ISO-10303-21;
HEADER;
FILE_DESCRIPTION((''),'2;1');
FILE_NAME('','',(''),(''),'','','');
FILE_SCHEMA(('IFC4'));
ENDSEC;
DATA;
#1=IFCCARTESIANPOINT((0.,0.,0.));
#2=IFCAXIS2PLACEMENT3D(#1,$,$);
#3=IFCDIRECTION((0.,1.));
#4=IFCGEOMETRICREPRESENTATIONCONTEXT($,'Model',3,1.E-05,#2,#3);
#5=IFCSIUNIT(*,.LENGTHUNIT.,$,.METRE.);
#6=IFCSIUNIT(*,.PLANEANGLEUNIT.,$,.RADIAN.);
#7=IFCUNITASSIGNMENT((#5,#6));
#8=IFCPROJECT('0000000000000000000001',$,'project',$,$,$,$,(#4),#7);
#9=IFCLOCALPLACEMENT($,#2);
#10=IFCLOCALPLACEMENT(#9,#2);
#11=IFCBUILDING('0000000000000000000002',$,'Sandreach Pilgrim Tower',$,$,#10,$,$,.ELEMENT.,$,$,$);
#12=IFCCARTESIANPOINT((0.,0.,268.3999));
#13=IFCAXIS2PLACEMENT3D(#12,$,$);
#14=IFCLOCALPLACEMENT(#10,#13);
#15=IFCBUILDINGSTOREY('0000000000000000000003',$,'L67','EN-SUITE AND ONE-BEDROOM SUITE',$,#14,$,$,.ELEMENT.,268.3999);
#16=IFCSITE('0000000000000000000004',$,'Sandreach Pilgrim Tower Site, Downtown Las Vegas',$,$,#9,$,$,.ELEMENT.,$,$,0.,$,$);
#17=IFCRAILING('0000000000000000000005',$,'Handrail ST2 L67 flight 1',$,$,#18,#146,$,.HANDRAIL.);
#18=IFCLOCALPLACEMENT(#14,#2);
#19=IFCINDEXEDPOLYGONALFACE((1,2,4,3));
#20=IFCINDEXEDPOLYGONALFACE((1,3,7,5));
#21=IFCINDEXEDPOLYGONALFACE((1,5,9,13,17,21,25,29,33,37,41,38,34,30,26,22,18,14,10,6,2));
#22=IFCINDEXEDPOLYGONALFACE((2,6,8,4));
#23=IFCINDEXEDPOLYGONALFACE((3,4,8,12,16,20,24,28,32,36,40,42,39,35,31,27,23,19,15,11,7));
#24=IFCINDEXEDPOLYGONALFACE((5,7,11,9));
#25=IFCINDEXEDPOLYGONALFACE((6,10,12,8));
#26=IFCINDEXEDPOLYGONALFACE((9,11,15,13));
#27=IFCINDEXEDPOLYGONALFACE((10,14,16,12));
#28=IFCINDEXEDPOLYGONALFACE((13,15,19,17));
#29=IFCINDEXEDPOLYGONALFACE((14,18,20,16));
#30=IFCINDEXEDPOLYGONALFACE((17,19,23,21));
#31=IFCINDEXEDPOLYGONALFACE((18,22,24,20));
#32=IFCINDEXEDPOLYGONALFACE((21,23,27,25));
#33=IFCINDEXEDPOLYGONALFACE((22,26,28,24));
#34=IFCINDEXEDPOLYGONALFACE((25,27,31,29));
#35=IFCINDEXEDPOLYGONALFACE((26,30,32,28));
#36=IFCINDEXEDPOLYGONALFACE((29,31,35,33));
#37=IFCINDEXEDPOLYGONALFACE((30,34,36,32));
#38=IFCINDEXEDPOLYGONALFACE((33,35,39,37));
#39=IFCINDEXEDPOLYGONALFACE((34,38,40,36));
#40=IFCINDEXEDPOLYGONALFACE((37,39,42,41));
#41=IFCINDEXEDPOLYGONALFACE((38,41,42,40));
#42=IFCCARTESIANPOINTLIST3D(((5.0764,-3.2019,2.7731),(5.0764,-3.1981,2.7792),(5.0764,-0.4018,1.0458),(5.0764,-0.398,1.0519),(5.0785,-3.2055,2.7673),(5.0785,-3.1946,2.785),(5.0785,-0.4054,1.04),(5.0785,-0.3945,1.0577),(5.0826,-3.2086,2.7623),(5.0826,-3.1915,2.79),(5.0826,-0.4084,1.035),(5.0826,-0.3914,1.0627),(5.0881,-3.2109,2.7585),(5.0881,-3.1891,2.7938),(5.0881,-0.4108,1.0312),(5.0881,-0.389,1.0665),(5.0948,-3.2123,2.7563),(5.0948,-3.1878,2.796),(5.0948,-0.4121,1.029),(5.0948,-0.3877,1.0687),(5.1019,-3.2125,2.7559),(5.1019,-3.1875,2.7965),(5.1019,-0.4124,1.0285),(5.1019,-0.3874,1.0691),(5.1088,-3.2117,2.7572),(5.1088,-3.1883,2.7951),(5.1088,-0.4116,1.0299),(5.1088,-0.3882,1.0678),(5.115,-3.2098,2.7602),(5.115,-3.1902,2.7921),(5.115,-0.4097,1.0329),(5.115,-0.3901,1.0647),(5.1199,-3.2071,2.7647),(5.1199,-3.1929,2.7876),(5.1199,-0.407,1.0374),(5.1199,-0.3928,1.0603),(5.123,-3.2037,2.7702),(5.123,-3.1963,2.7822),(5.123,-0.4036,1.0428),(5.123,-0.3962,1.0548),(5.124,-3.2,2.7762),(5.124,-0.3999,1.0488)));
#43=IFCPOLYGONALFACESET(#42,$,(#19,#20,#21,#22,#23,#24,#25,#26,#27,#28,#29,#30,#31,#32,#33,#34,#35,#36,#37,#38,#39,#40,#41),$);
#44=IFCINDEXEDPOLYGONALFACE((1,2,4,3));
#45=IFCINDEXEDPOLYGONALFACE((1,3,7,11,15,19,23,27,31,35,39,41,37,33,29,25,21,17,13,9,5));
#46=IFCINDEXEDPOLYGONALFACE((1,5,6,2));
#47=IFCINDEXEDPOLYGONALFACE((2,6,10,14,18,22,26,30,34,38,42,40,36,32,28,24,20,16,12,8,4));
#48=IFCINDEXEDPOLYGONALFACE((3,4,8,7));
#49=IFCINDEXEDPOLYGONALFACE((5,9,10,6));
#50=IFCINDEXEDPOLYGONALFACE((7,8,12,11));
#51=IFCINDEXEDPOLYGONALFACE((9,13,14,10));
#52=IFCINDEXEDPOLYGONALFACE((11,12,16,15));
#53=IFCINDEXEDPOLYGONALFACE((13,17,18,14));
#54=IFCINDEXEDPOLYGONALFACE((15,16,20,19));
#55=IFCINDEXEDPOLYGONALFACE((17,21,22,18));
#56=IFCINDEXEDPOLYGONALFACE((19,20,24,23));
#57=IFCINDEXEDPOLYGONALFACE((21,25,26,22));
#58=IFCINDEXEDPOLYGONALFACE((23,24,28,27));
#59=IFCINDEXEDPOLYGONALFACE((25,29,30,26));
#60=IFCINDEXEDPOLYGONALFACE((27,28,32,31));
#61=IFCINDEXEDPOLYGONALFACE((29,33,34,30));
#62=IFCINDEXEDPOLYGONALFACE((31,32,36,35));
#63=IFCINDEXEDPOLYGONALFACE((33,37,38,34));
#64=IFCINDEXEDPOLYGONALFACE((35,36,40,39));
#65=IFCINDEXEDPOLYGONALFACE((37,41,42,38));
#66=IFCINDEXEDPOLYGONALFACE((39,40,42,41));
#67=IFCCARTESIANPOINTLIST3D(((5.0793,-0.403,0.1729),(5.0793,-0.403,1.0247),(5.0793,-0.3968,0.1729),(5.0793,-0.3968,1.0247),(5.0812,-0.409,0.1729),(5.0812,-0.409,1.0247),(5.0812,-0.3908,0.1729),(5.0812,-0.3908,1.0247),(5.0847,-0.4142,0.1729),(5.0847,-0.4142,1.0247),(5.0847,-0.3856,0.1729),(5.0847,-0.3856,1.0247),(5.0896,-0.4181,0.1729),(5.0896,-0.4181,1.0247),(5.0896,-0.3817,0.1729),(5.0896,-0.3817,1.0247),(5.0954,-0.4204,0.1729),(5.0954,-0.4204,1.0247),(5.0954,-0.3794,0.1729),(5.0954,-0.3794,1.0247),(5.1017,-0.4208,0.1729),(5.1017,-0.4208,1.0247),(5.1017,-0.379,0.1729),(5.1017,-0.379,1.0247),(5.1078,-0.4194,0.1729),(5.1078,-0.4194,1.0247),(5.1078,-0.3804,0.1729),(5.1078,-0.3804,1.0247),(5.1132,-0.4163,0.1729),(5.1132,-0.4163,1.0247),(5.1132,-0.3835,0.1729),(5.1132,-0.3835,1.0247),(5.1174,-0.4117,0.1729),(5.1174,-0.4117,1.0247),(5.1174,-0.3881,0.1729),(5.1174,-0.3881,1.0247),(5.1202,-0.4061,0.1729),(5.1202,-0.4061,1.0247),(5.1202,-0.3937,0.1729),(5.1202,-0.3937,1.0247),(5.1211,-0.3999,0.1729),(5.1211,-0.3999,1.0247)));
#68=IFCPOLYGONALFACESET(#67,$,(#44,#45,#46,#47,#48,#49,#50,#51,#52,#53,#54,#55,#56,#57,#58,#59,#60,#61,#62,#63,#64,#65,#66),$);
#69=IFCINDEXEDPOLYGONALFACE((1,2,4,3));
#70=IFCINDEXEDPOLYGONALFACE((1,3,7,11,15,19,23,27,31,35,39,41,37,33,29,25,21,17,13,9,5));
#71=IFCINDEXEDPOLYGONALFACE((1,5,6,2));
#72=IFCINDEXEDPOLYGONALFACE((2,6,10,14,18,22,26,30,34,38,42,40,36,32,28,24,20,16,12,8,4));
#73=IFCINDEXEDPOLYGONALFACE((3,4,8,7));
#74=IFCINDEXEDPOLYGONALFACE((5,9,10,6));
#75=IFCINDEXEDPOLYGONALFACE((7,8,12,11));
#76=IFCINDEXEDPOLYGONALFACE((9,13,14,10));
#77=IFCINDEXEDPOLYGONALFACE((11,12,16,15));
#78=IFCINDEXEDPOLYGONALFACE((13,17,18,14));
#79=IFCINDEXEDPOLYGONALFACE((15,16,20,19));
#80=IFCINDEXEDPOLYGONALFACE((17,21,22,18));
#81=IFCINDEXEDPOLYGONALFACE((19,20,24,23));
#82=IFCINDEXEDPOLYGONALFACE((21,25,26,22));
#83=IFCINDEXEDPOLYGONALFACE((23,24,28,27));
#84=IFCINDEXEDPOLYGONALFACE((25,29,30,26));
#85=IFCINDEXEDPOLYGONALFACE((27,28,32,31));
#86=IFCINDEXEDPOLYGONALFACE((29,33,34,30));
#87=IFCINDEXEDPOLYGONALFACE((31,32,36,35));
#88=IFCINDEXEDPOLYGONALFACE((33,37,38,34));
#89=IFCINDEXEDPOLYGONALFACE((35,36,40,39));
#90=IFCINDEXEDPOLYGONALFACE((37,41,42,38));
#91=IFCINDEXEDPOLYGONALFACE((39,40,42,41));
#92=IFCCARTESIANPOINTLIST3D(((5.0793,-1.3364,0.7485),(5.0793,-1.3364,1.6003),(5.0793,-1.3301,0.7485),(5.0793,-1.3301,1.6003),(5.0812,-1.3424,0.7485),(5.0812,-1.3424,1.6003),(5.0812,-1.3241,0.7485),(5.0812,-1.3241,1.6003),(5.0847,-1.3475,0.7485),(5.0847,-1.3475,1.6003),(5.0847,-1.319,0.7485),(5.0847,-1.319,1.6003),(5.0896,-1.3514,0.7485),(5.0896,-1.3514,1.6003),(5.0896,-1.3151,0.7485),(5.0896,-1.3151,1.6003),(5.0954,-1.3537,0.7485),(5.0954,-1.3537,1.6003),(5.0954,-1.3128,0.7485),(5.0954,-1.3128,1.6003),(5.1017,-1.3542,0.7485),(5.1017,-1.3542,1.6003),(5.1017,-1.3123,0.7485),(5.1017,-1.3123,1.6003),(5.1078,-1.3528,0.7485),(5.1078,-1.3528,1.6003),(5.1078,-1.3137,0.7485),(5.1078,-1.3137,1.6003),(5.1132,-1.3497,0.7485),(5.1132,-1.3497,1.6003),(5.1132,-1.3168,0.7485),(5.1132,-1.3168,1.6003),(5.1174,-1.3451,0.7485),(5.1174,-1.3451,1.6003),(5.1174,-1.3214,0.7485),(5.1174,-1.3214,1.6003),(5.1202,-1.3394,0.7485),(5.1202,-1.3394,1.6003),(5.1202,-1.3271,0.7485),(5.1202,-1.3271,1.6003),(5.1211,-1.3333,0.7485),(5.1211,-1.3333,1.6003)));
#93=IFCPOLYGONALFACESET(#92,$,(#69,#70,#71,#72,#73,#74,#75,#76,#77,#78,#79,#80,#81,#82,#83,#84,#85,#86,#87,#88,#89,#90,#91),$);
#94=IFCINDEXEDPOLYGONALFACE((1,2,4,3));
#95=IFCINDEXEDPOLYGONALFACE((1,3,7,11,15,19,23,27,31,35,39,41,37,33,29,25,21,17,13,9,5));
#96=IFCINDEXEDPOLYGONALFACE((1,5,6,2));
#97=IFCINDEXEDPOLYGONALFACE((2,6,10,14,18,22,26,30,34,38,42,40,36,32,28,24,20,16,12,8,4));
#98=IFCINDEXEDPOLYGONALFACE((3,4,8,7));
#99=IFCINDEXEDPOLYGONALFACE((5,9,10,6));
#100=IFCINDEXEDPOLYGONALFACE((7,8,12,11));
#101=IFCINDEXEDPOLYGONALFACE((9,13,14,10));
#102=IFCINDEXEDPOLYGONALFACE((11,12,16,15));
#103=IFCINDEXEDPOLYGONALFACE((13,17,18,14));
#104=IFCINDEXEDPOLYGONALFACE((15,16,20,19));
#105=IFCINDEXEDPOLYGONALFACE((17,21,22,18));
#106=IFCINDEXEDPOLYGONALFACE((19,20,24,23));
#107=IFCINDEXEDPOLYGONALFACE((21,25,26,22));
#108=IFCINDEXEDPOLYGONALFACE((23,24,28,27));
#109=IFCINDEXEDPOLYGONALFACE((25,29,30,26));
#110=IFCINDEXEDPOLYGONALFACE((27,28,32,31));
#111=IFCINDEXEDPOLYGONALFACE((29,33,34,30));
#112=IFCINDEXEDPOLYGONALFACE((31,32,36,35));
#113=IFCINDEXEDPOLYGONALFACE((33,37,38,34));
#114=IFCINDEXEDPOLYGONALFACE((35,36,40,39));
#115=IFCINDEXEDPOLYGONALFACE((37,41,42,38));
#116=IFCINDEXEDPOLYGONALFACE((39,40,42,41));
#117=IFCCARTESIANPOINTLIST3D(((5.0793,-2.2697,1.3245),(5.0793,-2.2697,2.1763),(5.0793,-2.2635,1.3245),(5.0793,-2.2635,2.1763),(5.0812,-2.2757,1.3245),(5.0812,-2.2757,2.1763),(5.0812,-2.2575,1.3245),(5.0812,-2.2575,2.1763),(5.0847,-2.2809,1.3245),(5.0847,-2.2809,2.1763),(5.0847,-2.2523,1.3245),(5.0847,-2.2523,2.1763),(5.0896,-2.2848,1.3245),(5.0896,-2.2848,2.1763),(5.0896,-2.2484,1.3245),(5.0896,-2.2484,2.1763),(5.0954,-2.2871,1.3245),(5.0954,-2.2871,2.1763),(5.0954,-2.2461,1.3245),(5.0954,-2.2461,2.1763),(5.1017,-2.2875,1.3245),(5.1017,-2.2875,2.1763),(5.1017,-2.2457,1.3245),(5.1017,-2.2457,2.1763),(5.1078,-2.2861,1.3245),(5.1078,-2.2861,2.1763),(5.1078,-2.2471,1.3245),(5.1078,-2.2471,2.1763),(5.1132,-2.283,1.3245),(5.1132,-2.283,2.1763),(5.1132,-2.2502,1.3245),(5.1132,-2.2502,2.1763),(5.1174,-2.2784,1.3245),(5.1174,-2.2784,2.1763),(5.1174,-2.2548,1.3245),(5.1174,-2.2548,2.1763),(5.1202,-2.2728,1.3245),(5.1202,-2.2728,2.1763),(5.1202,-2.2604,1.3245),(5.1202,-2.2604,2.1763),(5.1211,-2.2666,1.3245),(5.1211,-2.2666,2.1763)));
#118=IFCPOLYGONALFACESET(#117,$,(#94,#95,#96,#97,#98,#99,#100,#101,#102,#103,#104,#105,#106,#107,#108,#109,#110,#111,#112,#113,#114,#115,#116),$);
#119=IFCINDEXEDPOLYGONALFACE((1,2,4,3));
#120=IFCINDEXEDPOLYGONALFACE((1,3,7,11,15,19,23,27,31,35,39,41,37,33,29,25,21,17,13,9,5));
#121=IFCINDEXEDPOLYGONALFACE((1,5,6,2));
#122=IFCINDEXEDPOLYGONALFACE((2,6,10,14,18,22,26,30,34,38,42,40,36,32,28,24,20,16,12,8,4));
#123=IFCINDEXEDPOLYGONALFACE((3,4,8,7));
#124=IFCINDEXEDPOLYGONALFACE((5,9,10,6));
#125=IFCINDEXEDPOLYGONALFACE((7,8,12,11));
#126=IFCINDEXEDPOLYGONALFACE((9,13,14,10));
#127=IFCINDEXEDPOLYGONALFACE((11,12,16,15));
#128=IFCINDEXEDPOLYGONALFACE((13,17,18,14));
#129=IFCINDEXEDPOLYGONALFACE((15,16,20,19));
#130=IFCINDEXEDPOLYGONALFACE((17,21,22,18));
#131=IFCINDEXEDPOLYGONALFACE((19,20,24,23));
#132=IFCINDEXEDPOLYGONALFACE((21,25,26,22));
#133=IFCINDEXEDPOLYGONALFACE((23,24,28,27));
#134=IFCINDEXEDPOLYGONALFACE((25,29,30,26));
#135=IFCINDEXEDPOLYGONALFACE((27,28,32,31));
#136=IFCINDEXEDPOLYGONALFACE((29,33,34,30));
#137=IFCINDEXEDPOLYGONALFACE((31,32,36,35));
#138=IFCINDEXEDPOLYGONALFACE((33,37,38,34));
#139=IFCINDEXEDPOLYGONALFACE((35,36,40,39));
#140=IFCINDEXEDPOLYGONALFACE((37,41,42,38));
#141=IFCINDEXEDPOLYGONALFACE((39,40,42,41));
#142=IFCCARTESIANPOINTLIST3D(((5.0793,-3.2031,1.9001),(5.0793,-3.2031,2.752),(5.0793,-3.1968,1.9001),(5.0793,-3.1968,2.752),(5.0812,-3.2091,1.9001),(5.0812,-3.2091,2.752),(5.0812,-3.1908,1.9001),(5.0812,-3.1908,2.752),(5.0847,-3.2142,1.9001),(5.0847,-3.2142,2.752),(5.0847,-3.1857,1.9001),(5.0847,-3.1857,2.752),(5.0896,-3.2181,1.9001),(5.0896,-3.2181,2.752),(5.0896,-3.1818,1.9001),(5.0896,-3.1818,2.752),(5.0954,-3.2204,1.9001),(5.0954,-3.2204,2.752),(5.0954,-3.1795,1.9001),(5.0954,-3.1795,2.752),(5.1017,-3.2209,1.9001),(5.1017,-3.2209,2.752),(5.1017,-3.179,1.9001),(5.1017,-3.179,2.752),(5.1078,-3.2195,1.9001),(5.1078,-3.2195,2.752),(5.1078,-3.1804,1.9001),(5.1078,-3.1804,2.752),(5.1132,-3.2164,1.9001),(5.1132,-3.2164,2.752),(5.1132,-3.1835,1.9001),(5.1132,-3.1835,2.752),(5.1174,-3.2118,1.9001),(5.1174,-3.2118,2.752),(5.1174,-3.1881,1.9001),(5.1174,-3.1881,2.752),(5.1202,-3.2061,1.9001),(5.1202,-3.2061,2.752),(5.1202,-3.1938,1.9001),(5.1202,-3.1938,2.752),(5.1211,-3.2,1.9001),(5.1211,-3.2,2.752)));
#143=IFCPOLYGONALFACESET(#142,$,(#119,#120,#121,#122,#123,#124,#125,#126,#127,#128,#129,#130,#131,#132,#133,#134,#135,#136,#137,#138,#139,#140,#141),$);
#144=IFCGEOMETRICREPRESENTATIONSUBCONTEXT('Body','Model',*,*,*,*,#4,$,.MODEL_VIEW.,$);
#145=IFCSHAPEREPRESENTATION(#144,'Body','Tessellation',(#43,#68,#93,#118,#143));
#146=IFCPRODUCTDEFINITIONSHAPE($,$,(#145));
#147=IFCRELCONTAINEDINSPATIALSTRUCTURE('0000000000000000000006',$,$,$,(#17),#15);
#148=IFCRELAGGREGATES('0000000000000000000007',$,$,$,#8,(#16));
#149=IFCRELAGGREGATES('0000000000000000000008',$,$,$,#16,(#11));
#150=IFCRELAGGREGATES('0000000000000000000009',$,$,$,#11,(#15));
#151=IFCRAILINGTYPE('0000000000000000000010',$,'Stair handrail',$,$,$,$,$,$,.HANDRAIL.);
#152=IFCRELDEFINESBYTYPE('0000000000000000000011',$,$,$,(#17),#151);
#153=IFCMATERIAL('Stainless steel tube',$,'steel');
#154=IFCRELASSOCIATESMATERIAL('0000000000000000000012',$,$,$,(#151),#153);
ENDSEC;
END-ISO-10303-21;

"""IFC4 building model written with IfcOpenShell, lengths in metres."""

from ifc_helpers import new_model, si_unit, direction, frame, origin, origin_2d, place, context, subcontext, project, spatial, circle, extrude, material, type_object, element, save


model = new_model("IFC4")

# Units and contexts
model_context = context("Model", 3, precision=1e-05, world=origin(), true_north=direction((0.0, 1.0)))
body_context = subcontext(model_context, "Body", "Model", "MODEL_VIEW")
ifc_project = project(units=[si_unit("LENGTHUNIT", "METRE"), si_unit("PLANEANGLEUNIT", "RADIAN")], contexts=[model_context])

# Site, building, storey
site_placement = place(None, origin())
site = spatial("IfcSite", under=ifc_project, at=site_placement, Name="Sandreach Pilgrim Tower Site, Downtown Las Vegas", CompositionType="ELEMENT", RefElevation=0.0)
building_placement = place(site_placement, origin())
building = spatial("IfcBuilding", under=site, at=building_placement, Name="Sandreach Pilgrim Tower", CompositionType="ELEMENT")
storey_placement = place(building_placement, frame((0.0, 0.0, 268.3999)))
storey = spatial("IfcBuildingStorey", under=building, at=storey_placement, Name="L67", Description="EN-SUITE AND ONE-BEDROOM SUITE", CompositionType="ELEMENT", Elevation=268.3999)

# Railing
ifc_material_1 = material(Name="Stainless steel tube", Category="steel")
railing_type = type_object("IfcRailingType", Name="Stair handrail", PredefinedType="HANDRAIL", material=ifc_material_1)
for number, where, name in (
    (1, (5.1001, -0.3999, 0.1729), "Handrail ST2 L67 flight 1"),
):
    element("IfcRailing", number, at=place(storey_placement, frame(where)), inside=storey, type_object=railing_type, Name=name, PredefinedType="HANDRAIL", context=body_context, shape_type="SweptSolid", body=[
        extrude(circle(Radius=0.0239, at=origin_2d()), frame((0.0, 0.0, 0.876), z_axis=(0.0, -0.85109, 0.52502), x_axis=(1.0, 0.0, 0.0)), (0.0, 0.0, 1.0), 3.29),
        extrude(circle(Radius=0.021, at=origin_2d()), origin(), (0.0, 0.0, 1.0), 0.8518),
        extrude(circle(Radius=0.021, at=origin_2d()), frame((0.0, -0.9333, 0.5757)), (0.0, 0.0, 1.0), 0.8518),
        extrude(circle(Radius=0.021, at=origin_2d()), frame((0.0, -1.8667, 1.1516)), (0.0, 0.0, 1.0), 0.8518),
        extrude(circle(Radius=0.021, at=origin_2d()), frame((0.0, -2.8, 1.7273)), (0.0, 0.0, 1.0), 0.8518),
    ])

save(model, "model.ifc")
